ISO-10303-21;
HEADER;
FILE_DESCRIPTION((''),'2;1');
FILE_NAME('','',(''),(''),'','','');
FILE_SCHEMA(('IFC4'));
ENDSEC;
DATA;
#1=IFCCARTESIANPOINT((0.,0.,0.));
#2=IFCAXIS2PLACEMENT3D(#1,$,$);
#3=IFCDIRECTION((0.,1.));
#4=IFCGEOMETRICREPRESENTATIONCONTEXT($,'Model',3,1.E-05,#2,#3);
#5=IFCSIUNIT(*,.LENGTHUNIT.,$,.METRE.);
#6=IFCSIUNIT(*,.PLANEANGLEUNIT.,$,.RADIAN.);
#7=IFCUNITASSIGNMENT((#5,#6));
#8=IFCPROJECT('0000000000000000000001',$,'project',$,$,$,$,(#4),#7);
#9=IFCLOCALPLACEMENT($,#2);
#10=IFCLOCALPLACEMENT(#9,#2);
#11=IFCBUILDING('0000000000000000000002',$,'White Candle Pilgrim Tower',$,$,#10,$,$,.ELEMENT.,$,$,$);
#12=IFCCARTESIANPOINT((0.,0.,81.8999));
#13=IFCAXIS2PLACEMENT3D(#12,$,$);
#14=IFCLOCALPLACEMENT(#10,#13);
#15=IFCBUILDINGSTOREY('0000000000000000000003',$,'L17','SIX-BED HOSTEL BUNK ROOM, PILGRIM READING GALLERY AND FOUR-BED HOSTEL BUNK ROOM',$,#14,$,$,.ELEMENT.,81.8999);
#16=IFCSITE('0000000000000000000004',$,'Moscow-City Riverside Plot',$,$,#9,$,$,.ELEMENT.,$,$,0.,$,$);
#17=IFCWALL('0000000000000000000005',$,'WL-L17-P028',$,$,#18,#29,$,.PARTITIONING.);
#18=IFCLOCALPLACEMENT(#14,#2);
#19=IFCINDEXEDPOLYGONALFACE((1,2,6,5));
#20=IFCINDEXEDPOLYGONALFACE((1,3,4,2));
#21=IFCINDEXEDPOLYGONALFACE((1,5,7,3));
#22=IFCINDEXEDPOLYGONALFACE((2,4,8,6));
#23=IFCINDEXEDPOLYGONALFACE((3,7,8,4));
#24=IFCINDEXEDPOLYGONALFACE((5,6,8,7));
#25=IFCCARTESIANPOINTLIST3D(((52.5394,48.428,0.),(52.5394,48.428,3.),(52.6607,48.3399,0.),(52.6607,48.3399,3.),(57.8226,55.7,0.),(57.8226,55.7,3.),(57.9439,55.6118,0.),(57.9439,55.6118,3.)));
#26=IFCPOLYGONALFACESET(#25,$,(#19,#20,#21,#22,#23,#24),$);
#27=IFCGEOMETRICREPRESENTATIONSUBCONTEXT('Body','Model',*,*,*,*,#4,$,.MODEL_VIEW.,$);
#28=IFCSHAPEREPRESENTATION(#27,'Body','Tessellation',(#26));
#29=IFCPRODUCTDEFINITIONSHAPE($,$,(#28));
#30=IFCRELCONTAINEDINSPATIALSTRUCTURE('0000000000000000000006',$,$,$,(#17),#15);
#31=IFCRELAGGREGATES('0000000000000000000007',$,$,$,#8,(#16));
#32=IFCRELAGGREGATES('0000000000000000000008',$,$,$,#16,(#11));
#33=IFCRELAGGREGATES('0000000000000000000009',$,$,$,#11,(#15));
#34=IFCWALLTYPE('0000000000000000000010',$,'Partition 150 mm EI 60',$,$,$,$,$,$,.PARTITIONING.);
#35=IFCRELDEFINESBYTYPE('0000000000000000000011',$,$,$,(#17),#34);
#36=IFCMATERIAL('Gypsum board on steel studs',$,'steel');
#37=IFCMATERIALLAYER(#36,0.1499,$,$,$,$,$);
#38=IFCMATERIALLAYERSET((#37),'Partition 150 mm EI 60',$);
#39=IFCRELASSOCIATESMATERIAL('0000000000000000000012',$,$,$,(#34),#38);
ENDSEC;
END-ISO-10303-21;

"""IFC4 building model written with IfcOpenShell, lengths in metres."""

from ifc_helpers import new_model, si_unit, direction, frame, frame_2d, origin, place, context, subcontext, project, spatial, rectangle, extrude, material, layer, layer_set, type_object, element, save


model = new_model("IFC4")

# Units and contexts
model_context = context("Model", 3, precision=1e-05, world=origin(), true_north=direction((0.0, 1.0)))
body_context = subcontext(model_context, "Body", "Model", "MODEL_VIEW")
ifc_project = project(units=[si_unit("LENGTHUNIT", "METRE"), si_unit("PLANEANGLEUNIT", "RADIAN")], contexts=[model_context])

# Site, building, storey
site_placement = place(None, origin())
site = spatial("IfcSite", under=ifc_project, at=site_placement, Name="Moscow-City Riverside Plot", CompositionType="ELEMENT", RefElevation=0.0)
building_placement = place(site_placement, origin())
building = spatial("IfcBuilding", under=site, at=building_placement, Name="White Candle Pilgrim Tower", CompositionType="ELEMENT")
storey_placement = place(building_placement, frame((0.0, 0.0, 81.8999)))
storey = spatial("IfcBuildingStorey", under=building, at=storey_placement, Name="L17", Description="SIX-BED HOSTEL BUNK ROOM, PILGRIM READING GALLERY AND FOUR-BED HOSTEL BUNK ROOM", CompositionType="ELEMENT", Elevation=81.8999)

# Shared definitions
ifc_material_1 = material(Name="Gypsum board on steel studs", Category="steel")

# Wall
ifc_layer_1 = layer(ifc_material_1, 0.1499)
ifc_layer_set_1 = layer_set([ifc_layer_1], Name="Partition 150 mm EI 60")
wall_type_1 = type_object("IfcWallType", Name="Partition 150 mm EI 60", PredefinedType="PARTITIONING", material=ifc_layer_set_1)
wall_1_placement = place(storey_placement, frame((52.6001, 48.384, 0.0), z_axis=(0.0, 0.0, 1.0), x_axis=(0.587771, 0.809027, 0.0)))
element("IfcWall", 1, at=wall_1_placement, inside=storey, type_object=wall_type_1, Name="WL-L17-P028", PredefinedType="PARTITIONING", context=body_context, shape_type="SweptSolid", body=[
    extrude(rectangle(XDim=8.9885, YDim=0.1499, at=frame_2d((4.4941, 0.0))), origin(), (0.0, 0.0, 1.0), 3.0),
])

save(model, "model.ifc")
